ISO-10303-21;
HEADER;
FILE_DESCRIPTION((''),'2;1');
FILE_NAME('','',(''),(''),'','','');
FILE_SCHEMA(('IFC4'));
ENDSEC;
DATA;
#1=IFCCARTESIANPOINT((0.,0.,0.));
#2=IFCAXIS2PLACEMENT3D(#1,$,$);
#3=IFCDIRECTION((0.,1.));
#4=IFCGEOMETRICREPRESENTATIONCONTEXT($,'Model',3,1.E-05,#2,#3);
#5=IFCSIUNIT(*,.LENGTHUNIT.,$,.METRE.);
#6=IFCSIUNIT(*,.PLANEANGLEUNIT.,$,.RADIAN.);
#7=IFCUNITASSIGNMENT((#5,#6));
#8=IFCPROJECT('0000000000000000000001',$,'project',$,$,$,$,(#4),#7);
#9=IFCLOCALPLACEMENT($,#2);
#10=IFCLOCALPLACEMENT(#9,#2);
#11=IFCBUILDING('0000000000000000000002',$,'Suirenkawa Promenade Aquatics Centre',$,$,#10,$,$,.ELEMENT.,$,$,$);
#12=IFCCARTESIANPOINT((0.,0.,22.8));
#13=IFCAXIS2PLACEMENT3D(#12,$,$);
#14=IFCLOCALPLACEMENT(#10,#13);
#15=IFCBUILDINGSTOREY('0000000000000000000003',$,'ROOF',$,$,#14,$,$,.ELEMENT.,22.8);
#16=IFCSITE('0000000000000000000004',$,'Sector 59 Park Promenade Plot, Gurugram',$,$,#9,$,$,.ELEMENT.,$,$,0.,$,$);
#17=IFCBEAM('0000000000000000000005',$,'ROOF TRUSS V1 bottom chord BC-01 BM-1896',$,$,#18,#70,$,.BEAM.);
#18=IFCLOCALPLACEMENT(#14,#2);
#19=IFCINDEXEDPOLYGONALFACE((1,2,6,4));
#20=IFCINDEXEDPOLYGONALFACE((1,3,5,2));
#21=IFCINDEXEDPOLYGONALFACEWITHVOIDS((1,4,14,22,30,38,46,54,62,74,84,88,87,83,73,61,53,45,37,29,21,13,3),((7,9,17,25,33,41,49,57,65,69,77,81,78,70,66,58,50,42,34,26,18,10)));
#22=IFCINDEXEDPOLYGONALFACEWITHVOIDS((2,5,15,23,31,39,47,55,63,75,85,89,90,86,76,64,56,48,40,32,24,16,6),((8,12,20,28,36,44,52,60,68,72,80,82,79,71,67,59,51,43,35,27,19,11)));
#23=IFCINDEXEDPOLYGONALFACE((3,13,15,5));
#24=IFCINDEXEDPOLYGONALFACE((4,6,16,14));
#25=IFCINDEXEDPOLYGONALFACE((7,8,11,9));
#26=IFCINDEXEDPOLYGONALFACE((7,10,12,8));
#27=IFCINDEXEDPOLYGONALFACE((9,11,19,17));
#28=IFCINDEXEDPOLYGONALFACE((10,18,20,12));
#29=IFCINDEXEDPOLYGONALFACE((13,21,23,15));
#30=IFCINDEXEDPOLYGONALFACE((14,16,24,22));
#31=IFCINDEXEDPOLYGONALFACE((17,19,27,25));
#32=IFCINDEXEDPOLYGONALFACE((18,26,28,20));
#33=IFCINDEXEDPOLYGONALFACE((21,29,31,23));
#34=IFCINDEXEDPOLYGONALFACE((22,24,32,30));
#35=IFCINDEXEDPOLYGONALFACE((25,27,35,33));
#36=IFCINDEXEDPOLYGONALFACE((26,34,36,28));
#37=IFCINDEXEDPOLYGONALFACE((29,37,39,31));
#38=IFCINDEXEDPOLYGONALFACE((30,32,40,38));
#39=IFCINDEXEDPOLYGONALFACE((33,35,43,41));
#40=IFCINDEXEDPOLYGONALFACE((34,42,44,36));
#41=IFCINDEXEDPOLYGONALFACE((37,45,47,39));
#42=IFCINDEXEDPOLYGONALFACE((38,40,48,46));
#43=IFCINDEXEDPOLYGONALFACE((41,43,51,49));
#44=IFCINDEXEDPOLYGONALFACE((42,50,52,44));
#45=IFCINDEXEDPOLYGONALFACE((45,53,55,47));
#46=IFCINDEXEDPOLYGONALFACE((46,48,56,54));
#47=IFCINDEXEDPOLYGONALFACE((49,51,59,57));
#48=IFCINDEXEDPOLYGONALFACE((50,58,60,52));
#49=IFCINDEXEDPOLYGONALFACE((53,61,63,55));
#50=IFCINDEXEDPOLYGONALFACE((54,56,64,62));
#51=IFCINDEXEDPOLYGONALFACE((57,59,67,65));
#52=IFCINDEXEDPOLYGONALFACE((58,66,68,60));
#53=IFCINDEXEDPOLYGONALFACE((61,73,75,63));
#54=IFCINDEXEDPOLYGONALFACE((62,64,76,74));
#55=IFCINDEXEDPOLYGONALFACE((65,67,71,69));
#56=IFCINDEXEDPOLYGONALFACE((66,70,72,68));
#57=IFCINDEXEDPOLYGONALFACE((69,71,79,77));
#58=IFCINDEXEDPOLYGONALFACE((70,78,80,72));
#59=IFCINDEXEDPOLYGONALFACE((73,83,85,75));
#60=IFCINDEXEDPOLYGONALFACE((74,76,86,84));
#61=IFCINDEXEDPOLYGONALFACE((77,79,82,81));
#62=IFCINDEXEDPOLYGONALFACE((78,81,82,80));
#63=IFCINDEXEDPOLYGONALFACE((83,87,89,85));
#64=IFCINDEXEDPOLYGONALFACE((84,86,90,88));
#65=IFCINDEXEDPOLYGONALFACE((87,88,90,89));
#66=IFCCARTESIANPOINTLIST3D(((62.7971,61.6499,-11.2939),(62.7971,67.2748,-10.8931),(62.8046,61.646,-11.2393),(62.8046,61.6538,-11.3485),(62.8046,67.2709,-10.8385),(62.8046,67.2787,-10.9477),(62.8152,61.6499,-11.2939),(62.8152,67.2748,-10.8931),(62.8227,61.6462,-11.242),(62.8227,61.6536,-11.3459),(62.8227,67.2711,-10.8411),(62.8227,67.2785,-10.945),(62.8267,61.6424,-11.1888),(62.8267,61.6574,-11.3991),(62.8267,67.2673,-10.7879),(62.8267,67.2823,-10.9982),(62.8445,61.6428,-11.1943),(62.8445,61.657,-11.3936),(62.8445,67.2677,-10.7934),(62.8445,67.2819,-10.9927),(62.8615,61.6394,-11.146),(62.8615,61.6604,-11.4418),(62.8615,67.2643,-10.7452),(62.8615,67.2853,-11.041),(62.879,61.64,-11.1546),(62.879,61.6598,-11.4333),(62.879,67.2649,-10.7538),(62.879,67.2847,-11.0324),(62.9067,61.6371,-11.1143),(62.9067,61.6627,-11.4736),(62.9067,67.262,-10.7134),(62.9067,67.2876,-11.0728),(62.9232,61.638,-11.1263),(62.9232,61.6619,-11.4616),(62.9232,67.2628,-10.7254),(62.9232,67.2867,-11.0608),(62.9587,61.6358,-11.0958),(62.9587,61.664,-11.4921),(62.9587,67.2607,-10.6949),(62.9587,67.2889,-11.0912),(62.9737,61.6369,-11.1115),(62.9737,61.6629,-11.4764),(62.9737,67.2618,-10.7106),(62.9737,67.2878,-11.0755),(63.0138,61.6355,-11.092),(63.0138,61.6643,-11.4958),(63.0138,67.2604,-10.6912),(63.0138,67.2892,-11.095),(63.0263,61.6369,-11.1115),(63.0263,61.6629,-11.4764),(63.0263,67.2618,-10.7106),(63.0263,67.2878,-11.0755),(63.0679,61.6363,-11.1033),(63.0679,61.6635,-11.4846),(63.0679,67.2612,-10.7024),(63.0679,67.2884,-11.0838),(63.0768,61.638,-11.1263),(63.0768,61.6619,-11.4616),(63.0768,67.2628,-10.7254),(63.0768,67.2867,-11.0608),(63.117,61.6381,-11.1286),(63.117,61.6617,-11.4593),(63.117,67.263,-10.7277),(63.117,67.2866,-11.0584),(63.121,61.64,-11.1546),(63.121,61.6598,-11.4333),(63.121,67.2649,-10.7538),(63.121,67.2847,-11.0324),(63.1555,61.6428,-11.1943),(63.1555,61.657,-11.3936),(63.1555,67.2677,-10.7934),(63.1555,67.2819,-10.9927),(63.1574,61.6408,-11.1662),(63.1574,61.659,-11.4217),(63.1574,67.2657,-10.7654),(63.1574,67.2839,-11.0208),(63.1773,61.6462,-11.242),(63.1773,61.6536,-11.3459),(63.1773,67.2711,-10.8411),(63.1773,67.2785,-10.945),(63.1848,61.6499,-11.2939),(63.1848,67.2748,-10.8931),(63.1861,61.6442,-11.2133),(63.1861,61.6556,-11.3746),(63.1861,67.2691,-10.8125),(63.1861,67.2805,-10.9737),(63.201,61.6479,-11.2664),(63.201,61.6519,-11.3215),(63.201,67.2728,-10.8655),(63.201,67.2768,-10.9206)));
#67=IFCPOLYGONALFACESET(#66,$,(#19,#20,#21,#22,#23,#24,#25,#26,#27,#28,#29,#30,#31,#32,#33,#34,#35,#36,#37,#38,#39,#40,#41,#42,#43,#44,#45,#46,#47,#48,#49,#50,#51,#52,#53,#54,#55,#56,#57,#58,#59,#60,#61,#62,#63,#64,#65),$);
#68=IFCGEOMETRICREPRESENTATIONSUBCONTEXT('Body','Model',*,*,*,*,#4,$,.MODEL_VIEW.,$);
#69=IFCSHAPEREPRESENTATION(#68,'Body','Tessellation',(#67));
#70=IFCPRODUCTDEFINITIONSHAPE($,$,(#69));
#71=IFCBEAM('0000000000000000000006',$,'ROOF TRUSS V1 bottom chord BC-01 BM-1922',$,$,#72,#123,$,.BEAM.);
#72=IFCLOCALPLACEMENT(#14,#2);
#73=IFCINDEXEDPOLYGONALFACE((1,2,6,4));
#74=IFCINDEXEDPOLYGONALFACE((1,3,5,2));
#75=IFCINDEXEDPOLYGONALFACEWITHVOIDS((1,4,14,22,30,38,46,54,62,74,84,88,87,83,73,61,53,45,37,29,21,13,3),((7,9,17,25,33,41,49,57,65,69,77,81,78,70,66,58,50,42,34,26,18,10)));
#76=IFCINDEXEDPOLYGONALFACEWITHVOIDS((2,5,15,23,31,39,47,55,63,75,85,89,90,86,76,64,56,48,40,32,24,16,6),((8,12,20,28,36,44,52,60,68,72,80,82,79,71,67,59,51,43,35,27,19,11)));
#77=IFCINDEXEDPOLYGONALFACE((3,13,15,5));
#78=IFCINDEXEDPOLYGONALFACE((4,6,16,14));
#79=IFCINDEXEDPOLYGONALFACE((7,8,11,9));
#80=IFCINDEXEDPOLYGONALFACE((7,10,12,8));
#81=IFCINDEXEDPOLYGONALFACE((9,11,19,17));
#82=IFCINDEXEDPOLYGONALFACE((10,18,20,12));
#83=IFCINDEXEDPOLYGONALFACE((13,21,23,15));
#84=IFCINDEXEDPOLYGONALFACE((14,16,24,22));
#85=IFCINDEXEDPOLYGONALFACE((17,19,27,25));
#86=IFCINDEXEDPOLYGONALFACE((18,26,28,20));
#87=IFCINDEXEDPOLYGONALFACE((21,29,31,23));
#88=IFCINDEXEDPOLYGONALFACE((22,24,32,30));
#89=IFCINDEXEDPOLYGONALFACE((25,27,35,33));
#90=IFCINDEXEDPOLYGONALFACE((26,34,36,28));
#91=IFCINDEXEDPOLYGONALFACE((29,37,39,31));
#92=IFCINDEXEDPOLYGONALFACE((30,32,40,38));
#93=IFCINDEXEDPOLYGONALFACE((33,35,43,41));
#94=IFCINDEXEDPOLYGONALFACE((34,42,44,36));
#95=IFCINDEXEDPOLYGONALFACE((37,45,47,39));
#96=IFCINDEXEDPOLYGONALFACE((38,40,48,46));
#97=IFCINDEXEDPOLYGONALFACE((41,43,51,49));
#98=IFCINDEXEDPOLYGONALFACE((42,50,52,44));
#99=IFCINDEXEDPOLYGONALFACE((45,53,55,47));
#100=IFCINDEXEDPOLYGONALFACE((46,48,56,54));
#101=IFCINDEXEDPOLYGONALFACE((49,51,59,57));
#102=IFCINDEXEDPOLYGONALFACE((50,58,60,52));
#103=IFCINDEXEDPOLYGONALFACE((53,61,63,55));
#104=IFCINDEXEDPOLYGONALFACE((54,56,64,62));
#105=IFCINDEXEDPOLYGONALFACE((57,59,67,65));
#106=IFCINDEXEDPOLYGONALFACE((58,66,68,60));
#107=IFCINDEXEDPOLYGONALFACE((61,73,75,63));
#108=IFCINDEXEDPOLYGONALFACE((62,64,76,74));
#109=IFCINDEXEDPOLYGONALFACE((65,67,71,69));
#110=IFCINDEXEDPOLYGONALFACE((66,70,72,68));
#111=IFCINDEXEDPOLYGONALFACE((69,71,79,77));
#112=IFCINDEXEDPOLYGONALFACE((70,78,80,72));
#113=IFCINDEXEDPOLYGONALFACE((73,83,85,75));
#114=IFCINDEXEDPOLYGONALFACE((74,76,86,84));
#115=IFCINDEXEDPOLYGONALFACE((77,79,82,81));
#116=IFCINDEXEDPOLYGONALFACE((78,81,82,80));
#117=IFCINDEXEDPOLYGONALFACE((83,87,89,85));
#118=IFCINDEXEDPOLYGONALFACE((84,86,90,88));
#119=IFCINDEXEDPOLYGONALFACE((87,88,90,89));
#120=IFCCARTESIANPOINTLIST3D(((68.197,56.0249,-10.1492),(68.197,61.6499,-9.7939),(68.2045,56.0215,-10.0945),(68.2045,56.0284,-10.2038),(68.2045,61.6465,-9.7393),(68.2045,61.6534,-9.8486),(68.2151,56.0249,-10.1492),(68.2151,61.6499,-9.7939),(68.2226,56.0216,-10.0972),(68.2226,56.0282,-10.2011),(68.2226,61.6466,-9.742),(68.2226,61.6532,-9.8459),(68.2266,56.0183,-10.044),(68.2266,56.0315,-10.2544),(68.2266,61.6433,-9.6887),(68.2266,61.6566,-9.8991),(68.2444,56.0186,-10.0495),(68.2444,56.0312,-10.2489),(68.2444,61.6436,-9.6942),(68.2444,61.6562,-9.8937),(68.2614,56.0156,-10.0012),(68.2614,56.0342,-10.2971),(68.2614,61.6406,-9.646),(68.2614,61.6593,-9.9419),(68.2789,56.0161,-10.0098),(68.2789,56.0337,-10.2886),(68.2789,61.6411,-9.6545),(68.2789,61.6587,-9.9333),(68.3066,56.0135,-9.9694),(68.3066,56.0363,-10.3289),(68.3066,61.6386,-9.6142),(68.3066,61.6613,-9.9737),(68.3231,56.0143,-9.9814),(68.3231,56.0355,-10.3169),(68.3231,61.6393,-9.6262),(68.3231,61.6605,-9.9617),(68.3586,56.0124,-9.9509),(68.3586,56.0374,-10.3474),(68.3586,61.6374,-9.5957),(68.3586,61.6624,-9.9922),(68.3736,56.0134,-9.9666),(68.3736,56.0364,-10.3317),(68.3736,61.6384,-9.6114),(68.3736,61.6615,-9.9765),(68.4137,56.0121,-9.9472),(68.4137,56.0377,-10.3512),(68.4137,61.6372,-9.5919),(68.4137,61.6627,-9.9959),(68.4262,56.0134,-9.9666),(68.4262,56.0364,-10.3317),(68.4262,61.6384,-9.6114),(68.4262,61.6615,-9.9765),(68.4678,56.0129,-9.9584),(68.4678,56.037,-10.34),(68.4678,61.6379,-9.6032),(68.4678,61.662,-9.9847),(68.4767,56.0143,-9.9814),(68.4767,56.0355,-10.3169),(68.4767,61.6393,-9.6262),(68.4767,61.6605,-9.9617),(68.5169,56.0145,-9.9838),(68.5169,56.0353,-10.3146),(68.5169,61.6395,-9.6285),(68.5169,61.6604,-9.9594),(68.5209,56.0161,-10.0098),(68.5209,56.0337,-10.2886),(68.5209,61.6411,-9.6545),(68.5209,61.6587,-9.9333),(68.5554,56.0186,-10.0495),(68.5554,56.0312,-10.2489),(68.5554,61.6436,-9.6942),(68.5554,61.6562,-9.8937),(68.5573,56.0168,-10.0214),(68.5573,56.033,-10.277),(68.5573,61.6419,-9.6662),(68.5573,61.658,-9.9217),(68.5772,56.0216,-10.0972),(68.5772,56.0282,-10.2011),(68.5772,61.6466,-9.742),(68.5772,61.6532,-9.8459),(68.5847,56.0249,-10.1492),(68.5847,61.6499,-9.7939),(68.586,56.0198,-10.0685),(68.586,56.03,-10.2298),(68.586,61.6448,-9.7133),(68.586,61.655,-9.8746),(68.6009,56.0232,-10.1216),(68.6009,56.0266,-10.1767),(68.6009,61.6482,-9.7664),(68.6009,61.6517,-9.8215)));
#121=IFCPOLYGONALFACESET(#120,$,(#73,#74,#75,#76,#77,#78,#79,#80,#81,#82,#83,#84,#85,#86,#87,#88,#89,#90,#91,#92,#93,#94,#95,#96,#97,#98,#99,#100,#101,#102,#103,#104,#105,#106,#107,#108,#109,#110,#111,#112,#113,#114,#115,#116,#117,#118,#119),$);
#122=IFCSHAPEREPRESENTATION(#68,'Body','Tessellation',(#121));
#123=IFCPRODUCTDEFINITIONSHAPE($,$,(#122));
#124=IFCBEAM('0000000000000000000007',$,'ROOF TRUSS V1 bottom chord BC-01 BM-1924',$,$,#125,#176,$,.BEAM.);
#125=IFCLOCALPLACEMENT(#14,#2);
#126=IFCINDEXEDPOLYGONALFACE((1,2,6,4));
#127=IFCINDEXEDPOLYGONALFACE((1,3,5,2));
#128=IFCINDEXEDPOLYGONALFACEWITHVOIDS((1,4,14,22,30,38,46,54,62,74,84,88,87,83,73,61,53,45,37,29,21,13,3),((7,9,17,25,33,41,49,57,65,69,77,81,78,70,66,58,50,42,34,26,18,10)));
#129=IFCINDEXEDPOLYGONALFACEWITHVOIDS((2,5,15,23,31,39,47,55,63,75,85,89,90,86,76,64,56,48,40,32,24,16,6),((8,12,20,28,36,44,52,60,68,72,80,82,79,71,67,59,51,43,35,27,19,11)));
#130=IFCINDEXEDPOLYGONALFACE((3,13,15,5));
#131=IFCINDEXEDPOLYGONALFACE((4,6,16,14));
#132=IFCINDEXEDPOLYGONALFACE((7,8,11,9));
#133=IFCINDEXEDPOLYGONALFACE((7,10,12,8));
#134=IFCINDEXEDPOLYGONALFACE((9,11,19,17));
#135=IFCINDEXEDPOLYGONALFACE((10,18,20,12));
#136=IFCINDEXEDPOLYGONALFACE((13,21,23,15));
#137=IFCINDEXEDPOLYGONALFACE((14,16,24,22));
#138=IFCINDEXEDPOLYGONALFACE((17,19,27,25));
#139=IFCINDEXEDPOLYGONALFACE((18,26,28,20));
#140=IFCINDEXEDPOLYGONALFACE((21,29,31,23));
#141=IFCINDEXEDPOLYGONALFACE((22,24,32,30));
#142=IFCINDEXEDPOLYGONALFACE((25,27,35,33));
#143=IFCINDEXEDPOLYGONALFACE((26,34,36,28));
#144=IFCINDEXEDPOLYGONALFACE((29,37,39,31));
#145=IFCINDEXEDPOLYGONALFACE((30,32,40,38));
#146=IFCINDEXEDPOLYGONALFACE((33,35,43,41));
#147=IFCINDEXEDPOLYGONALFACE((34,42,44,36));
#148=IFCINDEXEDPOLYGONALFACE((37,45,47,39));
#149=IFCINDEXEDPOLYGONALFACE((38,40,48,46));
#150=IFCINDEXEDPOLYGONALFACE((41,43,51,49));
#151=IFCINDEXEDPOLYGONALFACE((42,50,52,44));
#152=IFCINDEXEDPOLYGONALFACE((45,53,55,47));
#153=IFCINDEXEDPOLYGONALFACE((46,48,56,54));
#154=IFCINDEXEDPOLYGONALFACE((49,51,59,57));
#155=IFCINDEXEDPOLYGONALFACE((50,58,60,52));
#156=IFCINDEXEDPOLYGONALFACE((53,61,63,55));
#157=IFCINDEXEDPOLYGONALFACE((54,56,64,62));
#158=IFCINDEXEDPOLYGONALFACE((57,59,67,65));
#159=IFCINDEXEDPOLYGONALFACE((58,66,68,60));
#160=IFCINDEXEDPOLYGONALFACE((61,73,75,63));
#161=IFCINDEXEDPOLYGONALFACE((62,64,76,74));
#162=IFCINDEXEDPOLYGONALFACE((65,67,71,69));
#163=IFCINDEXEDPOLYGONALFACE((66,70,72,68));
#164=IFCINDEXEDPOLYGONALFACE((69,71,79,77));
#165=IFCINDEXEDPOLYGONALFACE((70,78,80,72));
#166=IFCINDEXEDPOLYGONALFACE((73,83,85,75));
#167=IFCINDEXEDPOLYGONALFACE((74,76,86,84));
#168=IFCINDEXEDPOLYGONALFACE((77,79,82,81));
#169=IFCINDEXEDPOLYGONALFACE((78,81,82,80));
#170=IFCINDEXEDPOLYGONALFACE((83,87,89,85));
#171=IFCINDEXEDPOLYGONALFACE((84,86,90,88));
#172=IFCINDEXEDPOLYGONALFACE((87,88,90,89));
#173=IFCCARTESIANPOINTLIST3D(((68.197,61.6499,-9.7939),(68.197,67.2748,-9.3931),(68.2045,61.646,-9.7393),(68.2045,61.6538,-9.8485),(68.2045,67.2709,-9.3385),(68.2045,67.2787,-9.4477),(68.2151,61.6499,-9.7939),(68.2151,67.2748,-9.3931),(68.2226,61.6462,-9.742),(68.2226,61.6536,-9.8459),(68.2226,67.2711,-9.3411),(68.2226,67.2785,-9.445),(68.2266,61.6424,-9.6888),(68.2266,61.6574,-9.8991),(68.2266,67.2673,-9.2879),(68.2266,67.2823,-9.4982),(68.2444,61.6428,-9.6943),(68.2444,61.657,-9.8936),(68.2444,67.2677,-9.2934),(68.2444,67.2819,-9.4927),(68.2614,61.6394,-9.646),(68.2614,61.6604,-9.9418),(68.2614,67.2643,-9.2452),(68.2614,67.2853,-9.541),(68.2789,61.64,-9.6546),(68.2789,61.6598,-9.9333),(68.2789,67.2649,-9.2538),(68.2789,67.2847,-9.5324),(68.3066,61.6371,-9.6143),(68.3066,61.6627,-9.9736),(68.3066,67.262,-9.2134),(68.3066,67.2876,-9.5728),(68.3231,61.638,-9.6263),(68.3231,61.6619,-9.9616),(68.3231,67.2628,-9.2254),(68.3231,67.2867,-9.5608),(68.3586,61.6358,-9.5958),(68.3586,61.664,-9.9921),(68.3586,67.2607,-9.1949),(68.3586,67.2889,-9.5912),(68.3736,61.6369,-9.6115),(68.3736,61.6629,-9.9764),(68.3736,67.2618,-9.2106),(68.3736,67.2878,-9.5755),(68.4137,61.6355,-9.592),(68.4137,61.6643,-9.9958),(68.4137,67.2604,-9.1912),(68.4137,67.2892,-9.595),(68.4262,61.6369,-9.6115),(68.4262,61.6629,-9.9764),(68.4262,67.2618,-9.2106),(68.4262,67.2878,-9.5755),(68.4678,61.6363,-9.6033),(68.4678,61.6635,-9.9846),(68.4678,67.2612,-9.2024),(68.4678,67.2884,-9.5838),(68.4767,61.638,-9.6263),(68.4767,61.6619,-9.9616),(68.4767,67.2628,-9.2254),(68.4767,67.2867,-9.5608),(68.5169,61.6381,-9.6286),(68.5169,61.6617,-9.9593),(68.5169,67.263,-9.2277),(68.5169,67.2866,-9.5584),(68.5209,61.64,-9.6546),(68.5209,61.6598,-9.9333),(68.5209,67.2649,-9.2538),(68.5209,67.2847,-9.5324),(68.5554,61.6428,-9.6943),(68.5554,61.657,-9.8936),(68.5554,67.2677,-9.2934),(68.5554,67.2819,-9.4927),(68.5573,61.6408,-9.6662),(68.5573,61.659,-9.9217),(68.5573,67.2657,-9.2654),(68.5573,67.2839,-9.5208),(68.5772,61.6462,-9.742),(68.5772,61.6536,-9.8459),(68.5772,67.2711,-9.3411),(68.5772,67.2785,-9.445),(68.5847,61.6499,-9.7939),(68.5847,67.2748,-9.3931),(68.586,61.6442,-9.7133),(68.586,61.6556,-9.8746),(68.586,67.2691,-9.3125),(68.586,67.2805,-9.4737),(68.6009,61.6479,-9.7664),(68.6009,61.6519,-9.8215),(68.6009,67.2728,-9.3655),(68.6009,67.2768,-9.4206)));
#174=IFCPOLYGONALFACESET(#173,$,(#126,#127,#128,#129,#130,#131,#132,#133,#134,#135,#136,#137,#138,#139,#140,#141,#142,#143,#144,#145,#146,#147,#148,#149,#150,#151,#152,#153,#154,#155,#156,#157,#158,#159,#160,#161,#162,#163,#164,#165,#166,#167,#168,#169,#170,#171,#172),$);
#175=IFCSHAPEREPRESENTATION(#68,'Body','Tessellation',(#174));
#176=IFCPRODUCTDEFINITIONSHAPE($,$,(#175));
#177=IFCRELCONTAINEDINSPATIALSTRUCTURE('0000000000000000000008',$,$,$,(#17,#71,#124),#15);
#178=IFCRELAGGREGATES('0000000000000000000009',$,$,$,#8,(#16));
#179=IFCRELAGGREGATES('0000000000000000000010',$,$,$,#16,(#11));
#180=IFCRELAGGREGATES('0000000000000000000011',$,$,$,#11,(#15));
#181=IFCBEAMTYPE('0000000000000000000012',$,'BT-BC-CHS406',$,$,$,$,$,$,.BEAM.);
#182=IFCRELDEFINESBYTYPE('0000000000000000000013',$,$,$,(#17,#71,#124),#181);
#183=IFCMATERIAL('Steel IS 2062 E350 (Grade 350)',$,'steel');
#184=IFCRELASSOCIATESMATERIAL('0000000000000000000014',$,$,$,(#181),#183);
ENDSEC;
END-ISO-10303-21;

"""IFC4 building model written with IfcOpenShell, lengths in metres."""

from ifc_helpers import new_model, si_unit, direction, frame, origin, origin_2d, place, context, subcontext, project, spatial, hollow_circle, extrude, material, material_profile, profile_set, type_object, element, save


model = new_model("IFC4")

# Units and contexts
model_context = context("Model", 3, precision=1e-05, world=origin(), true_north=direction((0.0, 1.0)))
body_context = subcontext(model_context, "Body", "Model", "MODEL_VIEW")
ifc_project = project(units=[si_unit("LENGTHUNIT", "METRE"), si_unit("PLANEANGLEUNIT", "RADIAN")], contexts=[model_context])

# Site, building, storey
site_placement = place(None, origin())
site = spatial("IfcSite", under=ifc_project, at=site_placement, Name="Sector 59 Park Promenade Plot, Gurugram", CompositionType="ELEMENT", RefElevation=0.0)
building_placement = place(site_placement, origin())
building = spatial("IfcBuilding", under=site, at=building_placement, Name="Suirenkawa Promenade Aquatics Centre", CompositionType="ELEMENT")
storey_placement = place(building_placement, frame((0.0, 0.0, 22.8)))
storey = spatial("IfcBuildingStorey", under=building, at=storey_placement, Name="ROOF", CompositionType="ELEMENT", Elevation=22.8)

# Beams
ifc_material = material(Name="Steel IS 2062 E350 (Grade 350)", Category="steel")
ifc_material_profile_1 = material_profile(ifc_material, hollow_circle(Radius=0.2029, WallThickness=0.0181, at=origin_2d()), Name="CHS 406x18", Category="steel")
ifc_profile_set_1 = profile_set([ifc_material_profile_1], Name="Steel IS 2062 E350 (Grade 350)")
beam_type_1 = type_object("IfcBeamType", Name="BT-BC-CHS406", PredefinedType="BEAM", material=ifc_profile_set_1)
beam_1_placement = place(storey_placement, frame((63.0, 61.6499, -11.2939), z_axis=(0.0, 0.99747, 0.071087), x_axis=(-1.0, 0.0, 0.0)))
element("IfcBeam", 1, at=beam_1_placement, inside=storey, type_object=beam_type_1, Name="ROOF TRUSS V1 bottom chord BC-01 BM-1896", PredefinedType="BEAM", context=body_context, shape_type="SweptSolid", body=[
    extrude(hollow_circle(Radius=0.2029, WallThickness=0.0181, at=origin_2d()), origin(), (0.0, 0.0, 1.0), 5.6392),
])
beam_2_placement = place(storey_placement, frame((68.3999, 56.0249, -10.1492), z_axis=(0.0, 0.998012, 0.063025), x_axis=(-1.0, 0.0, 0.0)))
element("IfcBeam", 2, at=beam_2_placement, inside=storey, type_object=beam_type_1, Name="ROOF TRUSS V1 bottom chord BC-01 BM-1922", PredefinedType="BEAM", context=body_context, shape_type="SweptSolid", body=[
    extrude(hollow_circle(Radius=0.2029, WallThickness=0.0181, at=origin_2d()), origin(), (0.0, 0.0, 1.0), 5.6362),
])
beam_3_placement = place(storey_placement, frame((68.3999, 61.6499, -9.7939), z_axis=(0.0, 0.99747, 0.071087), x_axis=(-1.0, 0.0, 0.0)))
element("IfcBeam", 3, at=beam_3_placement, inside=storey, type_object=beam_type_1, Name="ROOF TRUSS V1 bottom chord BC-01 BM-1924", PredefinedType="BEAM", context=body_context, shape_type="SweptSolid", body=[
    extrude(hollow_circle(Radius=0.2029, WallThickness=0.0181, at=origin_2d()), origin(), (0.0, 0.0, 1.0), 5.6392),
])

save(model, "model.ifc")
